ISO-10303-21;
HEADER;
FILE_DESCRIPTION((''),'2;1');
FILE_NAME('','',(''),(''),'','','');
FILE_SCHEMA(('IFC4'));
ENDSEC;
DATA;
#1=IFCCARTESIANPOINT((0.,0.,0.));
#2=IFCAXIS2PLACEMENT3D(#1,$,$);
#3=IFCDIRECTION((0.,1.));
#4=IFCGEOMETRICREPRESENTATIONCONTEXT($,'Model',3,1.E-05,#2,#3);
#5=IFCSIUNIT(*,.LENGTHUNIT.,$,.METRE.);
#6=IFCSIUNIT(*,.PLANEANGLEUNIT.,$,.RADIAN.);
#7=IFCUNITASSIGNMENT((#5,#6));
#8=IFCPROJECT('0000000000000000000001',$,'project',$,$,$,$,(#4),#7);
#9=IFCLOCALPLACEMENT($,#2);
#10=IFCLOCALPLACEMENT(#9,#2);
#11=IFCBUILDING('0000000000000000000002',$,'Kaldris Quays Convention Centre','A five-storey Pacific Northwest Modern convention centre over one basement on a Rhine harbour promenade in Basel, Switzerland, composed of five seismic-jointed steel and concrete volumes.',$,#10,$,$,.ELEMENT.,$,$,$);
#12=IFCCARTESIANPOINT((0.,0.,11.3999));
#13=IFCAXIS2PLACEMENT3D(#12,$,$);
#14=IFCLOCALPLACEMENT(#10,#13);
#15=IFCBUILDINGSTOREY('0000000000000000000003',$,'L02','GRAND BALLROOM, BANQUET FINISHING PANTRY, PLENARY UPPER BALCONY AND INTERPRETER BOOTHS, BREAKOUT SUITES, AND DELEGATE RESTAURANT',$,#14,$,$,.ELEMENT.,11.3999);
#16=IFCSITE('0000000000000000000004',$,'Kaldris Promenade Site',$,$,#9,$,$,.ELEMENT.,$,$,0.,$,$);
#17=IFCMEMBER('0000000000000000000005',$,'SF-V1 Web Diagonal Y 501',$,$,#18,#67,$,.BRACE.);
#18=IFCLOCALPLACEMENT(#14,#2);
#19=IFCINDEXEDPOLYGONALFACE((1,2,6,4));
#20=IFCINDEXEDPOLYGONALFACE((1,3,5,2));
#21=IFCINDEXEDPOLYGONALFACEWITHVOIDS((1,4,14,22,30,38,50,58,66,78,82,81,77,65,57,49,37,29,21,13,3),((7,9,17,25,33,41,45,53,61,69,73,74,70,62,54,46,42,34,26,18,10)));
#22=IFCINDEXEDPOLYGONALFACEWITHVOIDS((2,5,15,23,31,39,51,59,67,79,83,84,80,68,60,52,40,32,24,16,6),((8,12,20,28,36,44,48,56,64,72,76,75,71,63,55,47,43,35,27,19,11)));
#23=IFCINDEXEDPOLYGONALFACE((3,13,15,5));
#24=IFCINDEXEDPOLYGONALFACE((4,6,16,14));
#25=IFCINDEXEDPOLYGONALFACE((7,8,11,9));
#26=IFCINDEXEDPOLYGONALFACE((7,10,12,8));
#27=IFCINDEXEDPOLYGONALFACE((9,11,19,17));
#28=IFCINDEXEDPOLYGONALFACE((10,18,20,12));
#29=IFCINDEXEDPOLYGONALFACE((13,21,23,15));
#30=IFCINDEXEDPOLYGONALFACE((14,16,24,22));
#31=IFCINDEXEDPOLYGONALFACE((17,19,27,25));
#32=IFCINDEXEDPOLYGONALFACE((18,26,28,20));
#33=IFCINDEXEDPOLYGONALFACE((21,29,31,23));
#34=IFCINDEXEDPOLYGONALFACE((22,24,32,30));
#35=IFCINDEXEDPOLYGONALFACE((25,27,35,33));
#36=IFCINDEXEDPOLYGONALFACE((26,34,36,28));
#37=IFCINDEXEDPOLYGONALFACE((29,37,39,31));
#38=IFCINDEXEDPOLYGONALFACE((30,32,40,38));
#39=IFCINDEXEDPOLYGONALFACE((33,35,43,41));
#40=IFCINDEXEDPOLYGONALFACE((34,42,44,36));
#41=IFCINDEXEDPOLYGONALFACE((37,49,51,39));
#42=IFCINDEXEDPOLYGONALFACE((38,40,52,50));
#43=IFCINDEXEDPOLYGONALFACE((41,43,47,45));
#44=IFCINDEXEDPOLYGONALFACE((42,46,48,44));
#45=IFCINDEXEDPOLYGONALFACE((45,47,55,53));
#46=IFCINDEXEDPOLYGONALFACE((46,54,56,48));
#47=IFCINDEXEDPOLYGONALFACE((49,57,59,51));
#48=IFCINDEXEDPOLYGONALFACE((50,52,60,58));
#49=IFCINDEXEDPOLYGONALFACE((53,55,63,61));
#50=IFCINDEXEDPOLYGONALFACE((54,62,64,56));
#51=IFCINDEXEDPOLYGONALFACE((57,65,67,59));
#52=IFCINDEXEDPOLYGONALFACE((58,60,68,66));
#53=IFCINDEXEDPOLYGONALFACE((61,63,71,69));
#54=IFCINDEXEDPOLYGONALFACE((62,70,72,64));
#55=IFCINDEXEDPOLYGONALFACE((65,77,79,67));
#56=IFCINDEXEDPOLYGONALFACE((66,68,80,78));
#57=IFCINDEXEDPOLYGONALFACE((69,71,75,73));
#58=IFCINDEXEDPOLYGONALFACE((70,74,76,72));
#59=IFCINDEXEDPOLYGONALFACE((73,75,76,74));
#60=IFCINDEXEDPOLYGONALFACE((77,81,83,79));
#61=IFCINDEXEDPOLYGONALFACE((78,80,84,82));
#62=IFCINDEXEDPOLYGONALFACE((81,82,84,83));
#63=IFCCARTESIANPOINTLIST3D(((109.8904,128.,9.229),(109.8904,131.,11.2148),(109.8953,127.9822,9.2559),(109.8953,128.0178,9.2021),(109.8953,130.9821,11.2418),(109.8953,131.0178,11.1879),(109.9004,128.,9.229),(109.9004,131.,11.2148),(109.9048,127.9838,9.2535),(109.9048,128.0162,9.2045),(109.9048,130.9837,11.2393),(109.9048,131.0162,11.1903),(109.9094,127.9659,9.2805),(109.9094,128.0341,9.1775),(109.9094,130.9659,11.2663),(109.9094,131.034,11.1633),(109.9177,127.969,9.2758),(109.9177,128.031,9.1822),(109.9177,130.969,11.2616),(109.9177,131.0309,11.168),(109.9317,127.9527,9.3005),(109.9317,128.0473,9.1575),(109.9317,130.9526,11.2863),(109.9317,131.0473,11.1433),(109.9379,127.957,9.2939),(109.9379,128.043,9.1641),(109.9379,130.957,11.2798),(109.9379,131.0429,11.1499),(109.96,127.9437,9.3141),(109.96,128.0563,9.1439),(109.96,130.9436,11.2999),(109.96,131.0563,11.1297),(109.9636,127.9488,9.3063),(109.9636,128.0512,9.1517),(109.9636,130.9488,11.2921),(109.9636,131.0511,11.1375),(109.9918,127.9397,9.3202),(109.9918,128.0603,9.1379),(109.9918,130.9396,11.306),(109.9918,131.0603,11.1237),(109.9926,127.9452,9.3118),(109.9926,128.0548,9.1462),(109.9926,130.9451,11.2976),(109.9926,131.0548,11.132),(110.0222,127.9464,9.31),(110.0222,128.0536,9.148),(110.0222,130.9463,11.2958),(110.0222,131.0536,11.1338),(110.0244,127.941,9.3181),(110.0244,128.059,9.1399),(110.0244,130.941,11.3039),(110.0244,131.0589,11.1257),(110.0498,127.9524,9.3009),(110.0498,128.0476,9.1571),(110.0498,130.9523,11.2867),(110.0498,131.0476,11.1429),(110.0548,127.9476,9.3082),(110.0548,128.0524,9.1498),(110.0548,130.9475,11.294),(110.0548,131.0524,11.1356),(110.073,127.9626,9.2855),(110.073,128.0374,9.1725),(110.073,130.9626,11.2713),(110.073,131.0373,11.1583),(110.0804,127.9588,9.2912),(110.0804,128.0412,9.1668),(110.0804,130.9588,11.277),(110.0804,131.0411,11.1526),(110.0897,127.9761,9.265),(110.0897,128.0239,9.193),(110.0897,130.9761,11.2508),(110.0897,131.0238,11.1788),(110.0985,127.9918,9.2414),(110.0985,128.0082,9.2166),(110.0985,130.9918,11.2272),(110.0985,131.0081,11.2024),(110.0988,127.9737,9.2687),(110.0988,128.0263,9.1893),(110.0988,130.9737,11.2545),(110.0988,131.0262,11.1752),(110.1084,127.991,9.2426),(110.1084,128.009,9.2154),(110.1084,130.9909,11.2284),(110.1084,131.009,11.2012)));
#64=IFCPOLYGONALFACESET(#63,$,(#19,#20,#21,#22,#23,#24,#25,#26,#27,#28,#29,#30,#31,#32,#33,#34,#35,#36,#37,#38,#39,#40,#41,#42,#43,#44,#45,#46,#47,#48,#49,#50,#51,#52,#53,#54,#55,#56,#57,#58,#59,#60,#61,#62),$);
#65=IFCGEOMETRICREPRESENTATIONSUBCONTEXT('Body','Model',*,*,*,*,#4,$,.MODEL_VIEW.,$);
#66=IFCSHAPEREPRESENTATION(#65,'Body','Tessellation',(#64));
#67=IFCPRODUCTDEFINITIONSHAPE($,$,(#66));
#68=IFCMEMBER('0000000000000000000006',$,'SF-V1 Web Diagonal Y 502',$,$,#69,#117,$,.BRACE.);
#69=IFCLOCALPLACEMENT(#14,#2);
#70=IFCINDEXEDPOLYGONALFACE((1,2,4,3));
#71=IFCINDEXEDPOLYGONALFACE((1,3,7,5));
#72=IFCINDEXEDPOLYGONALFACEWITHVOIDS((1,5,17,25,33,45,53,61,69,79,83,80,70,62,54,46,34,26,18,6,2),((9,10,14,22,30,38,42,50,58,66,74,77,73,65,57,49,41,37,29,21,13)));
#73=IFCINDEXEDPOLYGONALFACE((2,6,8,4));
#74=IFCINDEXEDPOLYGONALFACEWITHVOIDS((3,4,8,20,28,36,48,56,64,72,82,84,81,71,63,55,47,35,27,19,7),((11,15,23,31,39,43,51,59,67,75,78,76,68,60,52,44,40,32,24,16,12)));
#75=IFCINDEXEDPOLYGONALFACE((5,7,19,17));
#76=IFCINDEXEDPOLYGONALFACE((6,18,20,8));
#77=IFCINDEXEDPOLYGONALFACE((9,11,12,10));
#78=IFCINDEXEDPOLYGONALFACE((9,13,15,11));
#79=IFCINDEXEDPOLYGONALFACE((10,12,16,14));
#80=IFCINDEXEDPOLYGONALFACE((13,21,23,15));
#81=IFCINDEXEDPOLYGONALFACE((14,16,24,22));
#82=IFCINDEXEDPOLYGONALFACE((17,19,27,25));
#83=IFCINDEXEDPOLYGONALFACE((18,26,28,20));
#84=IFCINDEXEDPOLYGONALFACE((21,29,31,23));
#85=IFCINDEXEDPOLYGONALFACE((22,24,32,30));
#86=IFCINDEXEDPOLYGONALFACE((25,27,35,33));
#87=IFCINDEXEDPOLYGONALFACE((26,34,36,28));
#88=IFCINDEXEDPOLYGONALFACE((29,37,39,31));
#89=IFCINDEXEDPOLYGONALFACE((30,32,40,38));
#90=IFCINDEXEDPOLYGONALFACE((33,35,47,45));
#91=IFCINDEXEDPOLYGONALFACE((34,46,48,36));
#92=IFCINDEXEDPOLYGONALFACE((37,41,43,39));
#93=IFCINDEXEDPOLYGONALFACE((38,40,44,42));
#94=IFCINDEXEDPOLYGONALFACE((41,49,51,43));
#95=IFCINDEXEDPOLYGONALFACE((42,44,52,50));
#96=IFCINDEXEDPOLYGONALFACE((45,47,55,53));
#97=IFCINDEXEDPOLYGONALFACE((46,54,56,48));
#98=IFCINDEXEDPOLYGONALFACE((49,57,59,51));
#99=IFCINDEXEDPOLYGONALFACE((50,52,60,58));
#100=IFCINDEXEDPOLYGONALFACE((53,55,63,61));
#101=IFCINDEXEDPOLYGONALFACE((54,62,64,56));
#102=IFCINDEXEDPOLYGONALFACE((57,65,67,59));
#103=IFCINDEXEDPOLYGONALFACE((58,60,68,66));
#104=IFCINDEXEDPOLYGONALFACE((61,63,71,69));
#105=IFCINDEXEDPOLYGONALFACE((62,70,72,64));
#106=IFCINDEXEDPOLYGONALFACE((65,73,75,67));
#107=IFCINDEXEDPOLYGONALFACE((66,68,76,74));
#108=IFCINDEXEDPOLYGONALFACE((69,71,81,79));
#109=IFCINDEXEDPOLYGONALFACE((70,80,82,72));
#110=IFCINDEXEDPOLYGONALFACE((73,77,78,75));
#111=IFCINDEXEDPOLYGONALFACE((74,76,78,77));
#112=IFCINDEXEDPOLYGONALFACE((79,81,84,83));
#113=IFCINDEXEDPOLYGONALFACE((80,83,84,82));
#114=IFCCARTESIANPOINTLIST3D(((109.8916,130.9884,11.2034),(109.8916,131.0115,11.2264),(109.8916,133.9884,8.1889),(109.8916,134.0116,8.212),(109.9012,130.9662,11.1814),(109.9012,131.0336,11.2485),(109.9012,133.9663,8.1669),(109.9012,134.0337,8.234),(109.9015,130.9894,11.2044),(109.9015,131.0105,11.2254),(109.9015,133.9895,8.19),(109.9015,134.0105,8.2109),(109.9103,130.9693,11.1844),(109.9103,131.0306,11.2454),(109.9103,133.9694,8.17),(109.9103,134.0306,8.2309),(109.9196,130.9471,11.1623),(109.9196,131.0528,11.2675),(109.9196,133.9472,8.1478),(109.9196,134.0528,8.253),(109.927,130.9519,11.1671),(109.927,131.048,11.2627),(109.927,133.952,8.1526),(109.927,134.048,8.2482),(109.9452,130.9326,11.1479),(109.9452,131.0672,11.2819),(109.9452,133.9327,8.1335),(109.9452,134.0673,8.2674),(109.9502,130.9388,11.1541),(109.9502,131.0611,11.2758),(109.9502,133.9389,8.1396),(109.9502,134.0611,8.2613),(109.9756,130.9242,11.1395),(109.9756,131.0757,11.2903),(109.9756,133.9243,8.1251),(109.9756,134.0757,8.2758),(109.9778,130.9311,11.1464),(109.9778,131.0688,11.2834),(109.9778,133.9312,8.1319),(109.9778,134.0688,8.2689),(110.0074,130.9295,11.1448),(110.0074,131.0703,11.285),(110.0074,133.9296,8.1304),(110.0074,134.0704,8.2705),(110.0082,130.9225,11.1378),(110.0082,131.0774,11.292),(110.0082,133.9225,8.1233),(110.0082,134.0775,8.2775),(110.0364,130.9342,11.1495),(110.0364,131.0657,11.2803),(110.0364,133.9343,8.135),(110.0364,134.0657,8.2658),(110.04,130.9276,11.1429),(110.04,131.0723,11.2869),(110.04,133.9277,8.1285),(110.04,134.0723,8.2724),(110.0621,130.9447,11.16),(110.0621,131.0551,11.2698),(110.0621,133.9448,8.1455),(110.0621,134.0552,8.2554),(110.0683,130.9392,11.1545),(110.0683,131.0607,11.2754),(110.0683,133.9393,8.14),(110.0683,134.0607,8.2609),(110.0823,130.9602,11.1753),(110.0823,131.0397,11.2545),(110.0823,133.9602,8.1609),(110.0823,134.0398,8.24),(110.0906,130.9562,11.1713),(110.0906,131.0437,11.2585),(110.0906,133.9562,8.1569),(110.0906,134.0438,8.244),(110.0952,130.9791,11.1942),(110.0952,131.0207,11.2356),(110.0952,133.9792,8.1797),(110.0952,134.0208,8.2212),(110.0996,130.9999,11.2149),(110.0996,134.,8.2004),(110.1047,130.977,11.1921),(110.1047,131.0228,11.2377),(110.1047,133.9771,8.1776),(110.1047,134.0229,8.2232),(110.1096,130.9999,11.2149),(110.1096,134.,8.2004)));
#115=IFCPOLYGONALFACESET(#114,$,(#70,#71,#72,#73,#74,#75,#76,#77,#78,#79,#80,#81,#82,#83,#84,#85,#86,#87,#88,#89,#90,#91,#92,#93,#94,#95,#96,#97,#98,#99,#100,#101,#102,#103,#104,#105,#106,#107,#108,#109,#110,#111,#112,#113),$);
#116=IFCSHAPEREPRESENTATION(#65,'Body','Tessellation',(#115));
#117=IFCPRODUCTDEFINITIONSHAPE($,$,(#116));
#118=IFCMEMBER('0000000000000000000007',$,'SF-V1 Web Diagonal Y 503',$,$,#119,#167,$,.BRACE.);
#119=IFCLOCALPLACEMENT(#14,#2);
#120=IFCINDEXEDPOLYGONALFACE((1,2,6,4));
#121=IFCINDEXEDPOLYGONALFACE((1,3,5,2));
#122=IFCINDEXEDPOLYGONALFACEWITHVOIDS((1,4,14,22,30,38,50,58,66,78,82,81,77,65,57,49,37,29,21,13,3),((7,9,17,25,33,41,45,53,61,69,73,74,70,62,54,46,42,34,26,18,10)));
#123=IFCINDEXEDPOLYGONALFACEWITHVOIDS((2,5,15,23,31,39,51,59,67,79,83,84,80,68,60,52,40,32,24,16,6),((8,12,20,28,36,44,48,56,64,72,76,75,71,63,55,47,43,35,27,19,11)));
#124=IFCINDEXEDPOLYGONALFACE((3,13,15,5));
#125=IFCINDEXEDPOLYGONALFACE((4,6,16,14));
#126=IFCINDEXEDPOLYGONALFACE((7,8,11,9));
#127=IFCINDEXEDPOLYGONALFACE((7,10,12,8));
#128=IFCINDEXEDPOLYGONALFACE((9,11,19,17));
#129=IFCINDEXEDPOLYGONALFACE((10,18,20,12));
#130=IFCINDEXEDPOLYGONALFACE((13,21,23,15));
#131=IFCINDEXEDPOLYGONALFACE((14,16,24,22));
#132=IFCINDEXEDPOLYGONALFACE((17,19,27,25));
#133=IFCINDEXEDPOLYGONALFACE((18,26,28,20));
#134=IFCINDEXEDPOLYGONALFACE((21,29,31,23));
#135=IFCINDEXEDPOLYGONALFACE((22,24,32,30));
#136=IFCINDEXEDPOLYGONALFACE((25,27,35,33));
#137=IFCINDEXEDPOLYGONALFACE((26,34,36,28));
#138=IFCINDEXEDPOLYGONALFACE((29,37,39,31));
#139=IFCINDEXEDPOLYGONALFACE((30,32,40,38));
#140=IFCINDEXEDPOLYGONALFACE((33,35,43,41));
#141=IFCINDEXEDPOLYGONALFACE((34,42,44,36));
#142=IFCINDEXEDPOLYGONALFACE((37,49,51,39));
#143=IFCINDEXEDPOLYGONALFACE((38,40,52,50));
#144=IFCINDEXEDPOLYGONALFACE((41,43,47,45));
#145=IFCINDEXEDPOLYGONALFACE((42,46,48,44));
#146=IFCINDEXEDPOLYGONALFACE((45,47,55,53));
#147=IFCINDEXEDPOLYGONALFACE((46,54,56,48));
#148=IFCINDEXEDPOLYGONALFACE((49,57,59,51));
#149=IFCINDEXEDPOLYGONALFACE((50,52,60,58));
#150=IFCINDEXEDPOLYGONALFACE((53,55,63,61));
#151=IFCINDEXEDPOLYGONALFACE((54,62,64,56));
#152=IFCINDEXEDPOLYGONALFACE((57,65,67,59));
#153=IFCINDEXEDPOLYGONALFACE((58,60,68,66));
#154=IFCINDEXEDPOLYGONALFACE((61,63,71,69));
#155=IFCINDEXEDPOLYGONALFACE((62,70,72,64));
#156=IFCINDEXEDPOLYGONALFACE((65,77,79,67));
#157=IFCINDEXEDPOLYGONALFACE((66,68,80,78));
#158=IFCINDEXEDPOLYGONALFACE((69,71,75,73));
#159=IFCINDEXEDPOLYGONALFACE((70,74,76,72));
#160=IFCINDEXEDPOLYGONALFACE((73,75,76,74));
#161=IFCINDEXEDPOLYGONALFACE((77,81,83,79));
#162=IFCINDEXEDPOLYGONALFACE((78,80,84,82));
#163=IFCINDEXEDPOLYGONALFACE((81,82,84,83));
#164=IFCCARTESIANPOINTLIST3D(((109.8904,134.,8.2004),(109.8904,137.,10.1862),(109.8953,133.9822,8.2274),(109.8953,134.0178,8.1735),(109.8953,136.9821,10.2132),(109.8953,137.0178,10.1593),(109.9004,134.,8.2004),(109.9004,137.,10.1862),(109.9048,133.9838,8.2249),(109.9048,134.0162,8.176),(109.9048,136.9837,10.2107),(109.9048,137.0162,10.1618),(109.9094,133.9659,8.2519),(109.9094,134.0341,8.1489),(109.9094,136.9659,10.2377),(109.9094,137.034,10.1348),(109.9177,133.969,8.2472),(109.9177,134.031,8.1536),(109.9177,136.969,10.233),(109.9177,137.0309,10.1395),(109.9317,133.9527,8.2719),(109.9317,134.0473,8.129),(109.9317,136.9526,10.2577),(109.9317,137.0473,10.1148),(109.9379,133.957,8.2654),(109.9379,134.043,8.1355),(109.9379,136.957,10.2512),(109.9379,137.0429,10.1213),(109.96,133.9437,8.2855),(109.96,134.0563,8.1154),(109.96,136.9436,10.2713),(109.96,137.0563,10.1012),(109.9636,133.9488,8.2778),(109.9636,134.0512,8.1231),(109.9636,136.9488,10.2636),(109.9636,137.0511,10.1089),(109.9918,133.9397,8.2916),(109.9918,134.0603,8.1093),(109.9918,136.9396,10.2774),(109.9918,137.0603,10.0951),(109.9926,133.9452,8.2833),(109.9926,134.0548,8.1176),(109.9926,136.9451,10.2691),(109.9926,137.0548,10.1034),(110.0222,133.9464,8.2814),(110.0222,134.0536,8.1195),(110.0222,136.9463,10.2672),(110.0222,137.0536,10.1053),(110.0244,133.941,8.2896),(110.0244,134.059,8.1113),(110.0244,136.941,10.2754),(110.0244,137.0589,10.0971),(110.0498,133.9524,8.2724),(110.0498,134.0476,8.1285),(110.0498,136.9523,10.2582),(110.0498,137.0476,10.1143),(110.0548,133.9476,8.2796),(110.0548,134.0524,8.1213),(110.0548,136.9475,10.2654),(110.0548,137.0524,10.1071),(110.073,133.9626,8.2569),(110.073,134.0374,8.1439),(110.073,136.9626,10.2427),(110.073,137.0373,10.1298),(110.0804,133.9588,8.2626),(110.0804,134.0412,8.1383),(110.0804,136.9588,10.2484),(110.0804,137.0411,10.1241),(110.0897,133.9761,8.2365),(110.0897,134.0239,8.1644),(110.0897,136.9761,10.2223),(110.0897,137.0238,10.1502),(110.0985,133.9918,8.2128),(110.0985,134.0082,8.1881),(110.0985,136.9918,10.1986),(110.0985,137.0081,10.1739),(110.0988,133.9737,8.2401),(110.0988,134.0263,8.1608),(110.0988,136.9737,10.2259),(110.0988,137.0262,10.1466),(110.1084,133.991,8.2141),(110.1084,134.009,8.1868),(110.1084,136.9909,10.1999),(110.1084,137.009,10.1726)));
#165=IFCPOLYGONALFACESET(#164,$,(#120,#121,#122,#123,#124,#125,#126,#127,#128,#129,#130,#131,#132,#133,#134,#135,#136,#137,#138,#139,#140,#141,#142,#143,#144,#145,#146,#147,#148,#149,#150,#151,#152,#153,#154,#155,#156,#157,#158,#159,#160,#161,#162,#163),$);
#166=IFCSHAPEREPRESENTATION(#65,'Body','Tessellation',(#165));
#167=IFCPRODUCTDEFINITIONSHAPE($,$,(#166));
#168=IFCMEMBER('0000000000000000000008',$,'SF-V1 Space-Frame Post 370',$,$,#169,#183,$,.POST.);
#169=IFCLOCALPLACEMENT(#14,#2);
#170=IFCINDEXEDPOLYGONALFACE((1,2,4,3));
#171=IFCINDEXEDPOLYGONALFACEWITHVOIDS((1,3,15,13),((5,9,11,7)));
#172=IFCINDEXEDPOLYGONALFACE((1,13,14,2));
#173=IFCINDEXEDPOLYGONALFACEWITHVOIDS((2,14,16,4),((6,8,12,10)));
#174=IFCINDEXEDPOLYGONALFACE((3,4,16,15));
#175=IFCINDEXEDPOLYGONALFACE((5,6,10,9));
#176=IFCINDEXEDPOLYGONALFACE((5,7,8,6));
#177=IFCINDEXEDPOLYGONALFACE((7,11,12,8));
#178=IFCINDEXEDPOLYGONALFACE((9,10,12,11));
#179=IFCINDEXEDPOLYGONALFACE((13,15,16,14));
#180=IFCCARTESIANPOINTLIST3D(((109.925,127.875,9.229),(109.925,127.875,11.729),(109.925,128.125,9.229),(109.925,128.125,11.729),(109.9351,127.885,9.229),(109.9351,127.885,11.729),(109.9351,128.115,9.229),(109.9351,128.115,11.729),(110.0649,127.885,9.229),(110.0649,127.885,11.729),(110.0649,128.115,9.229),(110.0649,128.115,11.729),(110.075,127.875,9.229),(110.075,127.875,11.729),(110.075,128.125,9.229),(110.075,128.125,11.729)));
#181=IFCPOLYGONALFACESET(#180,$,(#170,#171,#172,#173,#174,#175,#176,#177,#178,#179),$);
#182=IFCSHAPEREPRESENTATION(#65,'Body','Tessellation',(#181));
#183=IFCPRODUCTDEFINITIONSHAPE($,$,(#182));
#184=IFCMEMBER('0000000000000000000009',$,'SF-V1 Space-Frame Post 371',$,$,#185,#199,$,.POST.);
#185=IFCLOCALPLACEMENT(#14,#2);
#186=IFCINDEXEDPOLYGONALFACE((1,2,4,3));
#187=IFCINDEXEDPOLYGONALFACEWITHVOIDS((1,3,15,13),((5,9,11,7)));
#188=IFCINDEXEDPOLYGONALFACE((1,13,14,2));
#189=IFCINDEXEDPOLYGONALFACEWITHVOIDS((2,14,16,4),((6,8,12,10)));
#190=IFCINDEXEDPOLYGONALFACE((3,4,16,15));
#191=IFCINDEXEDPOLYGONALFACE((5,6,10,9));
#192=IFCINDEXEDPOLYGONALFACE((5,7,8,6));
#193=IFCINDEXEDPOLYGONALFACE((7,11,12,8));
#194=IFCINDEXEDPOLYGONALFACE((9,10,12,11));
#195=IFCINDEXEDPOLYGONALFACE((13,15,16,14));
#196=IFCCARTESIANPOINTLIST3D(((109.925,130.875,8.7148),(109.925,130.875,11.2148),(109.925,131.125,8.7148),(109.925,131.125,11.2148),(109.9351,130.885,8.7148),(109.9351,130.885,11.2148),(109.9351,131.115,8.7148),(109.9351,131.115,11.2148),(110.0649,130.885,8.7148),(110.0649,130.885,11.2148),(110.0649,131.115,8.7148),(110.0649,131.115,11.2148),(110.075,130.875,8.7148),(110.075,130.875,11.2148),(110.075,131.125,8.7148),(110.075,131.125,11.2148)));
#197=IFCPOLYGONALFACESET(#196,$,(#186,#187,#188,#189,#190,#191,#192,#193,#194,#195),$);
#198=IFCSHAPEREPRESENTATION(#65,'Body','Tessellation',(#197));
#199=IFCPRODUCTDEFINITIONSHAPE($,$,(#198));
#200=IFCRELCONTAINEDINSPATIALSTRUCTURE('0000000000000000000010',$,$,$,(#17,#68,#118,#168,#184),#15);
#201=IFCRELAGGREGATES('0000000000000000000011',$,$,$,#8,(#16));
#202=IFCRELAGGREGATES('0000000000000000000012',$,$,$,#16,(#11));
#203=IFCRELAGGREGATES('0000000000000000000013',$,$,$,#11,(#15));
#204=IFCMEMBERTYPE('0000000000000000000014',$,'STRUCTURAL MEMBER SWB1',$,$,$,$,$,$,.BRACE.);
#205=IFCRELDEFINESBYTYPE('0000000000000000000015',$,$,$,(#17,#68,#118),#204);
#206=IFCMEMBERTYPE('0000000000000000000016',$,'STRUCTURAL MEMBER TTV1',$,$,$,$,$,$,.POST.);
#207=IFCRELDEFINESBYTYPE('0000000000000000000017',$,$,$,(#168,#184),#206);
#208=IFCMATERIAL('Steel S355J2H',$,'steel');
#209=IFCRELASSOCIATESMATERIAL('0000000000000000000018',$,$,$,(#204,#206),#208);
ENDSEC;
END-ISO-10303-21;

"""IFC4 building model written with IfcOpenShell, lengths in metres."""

from ifc_helpers import new_model, si_unit, direction, frame, origin, origin_2d, place, context, subcontext, project, spatial, hollow_rectangle, hollow_circle, extrude, material, material_profile, profile_set, type_object, element, save


model = new_model("IFC4")

# Units and contexts
model_context = context("Model", 3, precision=1e-05, world=origin(), true_north=direction((0.0, 1.0)))
body_context = subcontext(model_context, "Body", "Model", "MODEL_VIEW")
ifc_project = project(units=[si_unit("LENGTHUNIT", "METRE"), si_unit("PLANEANGLEUNIT", "RADIAN")], contexts=[model_context])

# Site, building, storey
site_placement = place(None, origin())
site = spatial("IfcSite", under=ifc_project, at=site_placement, Name="Kaldris Promenade Site", CompositionType="ELEMENT", RefElevation=0.0)
building_placement = place(site_placement, origin())
building = spatial("IfcBuilding", under=site, at=building_placement, Name="Kaldris Quays Convention Centre", Description="A five-storey Pacific Northwest Modern convention centre over one basement on a Rhine harbour promenade in Basel, Switzerland, composed of five seismic-jointed steel and concrete volumes.", CompositionType="ELEMENT")
storey_placement = place(building_placement, frame((0.0, 0.0, 11.3999)))
storey = spatial("IfcBuildingStorey", under=building, at=storey_placement, Name="L02", Description="GRAND BALLROOM, BANQUET FINISHING PANTRY, PLENARY UPPER BALCONY AND INTERPRETER BOOTHS, BREAKOUT SUITES, AND DELEGATE RESTAURANT", CompositionType="ELEMENT", Elevation=11.3999)

# Members
ifc_material_1 = material(Name="Steel S355J2H", Category="steel")
ifc_material_profile_1 = material_profile(ifc_material_1, hollow_circle(Radius=0.1096, WallThickness=0.01, at=origin_2d()), Name="CHS 219.1x10")
ifc_profile_set_1 = profile_set([ifc_material_profile_1], Name="Steel S355J2H")
member_type_1 = type_object("IfcMemberType", Name="STRUCTURAL MEMBER SWB1", PredefinedType="BRACE", material=ifc_profile_set_1)
member_1_placement = place(storey_placement, frame((110.0, 128.0, 9.229), z_axis=(0.0, 0.833862, 0.551972), x_axis=(-1.0, 0.0, 0.0)))
element("IfcMember", 1, at=member_1_placement, inside=storey, type_object=member_type_1, Name="SF-V1 Web Diagonal Y 501", PredefinedType="BRACE", context=body_context, shape_type="SweptSolid", body=[
    extrude(hollow_circle(Radius=0.1096, WallThickness=0.01, at=origin_2d()), origin(), (0.0, 0.0, 1.0), 3.5977),
])
member_2_placement = place(storey_placement, frame((110.0, 134.0, 8.2004), z_axis=(0.0, -0.705411, 0.708798), x_axis=(1.0, 0.0, 0.0)))
element("IfcMember", 2, at=member_2_placement, inside=storey, type_object=member_type_1, Name="SF-V1 Web Diagonal Y 502", PredefinedType="BRACE", context=body_context, shape_type="SweptSolid", body=[
    extrude(hollow_circle(Radius=0.1096, WallThickness=0.01, at=origin_2d()), origin(), (0.0, 0.0, 1.0), 4.2529),
])
member_3_placement = place(storey_placement, frame((110.0, 134.0, 8.2004), z_axis=(0.0, 0.833862, 0.551972), x_axis=(-1.0, 0.0, 0.0)))
element("IfcMember", 3, at=member_3_placement, inside=storey, type_object=member_type_1, Name="SF-V1 Web Diagonal Y 503", PredefinedType="BRACE", context=body_context, shape_type="SweptSolid", body=[
    extrude(hollow_circle(Radius=0.1096, WallThickness=0.01, at=origin_2d()), origin(), (0.0, 0.0, 1.0), 3.5977),
])
ifc_material_profile_2 = material_profile(ifc_material_1, hollow_rectangle(XDim=0.1499, YDim=0.25, WallThickness=0.01, at=origin_2d()), Name="RHS 250x150x10")
ifc_profile_set_2 = profile_set([ifc_material_profile_2], Name="Steel S355J2H")
member_type_2 = type_object("IfcMemberType", Name="STRUCTURAL MEMBER TTV1", PredefinedType="POST", material=ifc_profile_set_2)
for number, where, z_axis, x_axis, name in (
    (4, (110.0, 128.0, 9.229), (0.0, 0.0, 1.0), (1.0, 0.0, 0.0), "SF-V1 Space-Frame Post 370"),
    (5, (110.0, 131.0, 8.7148), (0.0, 0.0, 1.0), (1.0, 0.0, 0.0), "SF-V1 Space-Frame Post 371"),
):
    element("IfcMember", number, at=place(storey_placement, frame(where, z_axis=z_axis, x_axis=x_axis)), inside=storey, type_object=member_type_2, Name=name, PredefinedType="POST", context=body_context, shape_type="SweptSolid", body=[
        extrude(hollow_rectangle(XDim=0.1499, YDim=0.25, WallThickness=0.01, at=origin_2d()), origin(), (0.0, 0.0, 1.0), 2.5),
    ])

save(model, "model.ifc")
